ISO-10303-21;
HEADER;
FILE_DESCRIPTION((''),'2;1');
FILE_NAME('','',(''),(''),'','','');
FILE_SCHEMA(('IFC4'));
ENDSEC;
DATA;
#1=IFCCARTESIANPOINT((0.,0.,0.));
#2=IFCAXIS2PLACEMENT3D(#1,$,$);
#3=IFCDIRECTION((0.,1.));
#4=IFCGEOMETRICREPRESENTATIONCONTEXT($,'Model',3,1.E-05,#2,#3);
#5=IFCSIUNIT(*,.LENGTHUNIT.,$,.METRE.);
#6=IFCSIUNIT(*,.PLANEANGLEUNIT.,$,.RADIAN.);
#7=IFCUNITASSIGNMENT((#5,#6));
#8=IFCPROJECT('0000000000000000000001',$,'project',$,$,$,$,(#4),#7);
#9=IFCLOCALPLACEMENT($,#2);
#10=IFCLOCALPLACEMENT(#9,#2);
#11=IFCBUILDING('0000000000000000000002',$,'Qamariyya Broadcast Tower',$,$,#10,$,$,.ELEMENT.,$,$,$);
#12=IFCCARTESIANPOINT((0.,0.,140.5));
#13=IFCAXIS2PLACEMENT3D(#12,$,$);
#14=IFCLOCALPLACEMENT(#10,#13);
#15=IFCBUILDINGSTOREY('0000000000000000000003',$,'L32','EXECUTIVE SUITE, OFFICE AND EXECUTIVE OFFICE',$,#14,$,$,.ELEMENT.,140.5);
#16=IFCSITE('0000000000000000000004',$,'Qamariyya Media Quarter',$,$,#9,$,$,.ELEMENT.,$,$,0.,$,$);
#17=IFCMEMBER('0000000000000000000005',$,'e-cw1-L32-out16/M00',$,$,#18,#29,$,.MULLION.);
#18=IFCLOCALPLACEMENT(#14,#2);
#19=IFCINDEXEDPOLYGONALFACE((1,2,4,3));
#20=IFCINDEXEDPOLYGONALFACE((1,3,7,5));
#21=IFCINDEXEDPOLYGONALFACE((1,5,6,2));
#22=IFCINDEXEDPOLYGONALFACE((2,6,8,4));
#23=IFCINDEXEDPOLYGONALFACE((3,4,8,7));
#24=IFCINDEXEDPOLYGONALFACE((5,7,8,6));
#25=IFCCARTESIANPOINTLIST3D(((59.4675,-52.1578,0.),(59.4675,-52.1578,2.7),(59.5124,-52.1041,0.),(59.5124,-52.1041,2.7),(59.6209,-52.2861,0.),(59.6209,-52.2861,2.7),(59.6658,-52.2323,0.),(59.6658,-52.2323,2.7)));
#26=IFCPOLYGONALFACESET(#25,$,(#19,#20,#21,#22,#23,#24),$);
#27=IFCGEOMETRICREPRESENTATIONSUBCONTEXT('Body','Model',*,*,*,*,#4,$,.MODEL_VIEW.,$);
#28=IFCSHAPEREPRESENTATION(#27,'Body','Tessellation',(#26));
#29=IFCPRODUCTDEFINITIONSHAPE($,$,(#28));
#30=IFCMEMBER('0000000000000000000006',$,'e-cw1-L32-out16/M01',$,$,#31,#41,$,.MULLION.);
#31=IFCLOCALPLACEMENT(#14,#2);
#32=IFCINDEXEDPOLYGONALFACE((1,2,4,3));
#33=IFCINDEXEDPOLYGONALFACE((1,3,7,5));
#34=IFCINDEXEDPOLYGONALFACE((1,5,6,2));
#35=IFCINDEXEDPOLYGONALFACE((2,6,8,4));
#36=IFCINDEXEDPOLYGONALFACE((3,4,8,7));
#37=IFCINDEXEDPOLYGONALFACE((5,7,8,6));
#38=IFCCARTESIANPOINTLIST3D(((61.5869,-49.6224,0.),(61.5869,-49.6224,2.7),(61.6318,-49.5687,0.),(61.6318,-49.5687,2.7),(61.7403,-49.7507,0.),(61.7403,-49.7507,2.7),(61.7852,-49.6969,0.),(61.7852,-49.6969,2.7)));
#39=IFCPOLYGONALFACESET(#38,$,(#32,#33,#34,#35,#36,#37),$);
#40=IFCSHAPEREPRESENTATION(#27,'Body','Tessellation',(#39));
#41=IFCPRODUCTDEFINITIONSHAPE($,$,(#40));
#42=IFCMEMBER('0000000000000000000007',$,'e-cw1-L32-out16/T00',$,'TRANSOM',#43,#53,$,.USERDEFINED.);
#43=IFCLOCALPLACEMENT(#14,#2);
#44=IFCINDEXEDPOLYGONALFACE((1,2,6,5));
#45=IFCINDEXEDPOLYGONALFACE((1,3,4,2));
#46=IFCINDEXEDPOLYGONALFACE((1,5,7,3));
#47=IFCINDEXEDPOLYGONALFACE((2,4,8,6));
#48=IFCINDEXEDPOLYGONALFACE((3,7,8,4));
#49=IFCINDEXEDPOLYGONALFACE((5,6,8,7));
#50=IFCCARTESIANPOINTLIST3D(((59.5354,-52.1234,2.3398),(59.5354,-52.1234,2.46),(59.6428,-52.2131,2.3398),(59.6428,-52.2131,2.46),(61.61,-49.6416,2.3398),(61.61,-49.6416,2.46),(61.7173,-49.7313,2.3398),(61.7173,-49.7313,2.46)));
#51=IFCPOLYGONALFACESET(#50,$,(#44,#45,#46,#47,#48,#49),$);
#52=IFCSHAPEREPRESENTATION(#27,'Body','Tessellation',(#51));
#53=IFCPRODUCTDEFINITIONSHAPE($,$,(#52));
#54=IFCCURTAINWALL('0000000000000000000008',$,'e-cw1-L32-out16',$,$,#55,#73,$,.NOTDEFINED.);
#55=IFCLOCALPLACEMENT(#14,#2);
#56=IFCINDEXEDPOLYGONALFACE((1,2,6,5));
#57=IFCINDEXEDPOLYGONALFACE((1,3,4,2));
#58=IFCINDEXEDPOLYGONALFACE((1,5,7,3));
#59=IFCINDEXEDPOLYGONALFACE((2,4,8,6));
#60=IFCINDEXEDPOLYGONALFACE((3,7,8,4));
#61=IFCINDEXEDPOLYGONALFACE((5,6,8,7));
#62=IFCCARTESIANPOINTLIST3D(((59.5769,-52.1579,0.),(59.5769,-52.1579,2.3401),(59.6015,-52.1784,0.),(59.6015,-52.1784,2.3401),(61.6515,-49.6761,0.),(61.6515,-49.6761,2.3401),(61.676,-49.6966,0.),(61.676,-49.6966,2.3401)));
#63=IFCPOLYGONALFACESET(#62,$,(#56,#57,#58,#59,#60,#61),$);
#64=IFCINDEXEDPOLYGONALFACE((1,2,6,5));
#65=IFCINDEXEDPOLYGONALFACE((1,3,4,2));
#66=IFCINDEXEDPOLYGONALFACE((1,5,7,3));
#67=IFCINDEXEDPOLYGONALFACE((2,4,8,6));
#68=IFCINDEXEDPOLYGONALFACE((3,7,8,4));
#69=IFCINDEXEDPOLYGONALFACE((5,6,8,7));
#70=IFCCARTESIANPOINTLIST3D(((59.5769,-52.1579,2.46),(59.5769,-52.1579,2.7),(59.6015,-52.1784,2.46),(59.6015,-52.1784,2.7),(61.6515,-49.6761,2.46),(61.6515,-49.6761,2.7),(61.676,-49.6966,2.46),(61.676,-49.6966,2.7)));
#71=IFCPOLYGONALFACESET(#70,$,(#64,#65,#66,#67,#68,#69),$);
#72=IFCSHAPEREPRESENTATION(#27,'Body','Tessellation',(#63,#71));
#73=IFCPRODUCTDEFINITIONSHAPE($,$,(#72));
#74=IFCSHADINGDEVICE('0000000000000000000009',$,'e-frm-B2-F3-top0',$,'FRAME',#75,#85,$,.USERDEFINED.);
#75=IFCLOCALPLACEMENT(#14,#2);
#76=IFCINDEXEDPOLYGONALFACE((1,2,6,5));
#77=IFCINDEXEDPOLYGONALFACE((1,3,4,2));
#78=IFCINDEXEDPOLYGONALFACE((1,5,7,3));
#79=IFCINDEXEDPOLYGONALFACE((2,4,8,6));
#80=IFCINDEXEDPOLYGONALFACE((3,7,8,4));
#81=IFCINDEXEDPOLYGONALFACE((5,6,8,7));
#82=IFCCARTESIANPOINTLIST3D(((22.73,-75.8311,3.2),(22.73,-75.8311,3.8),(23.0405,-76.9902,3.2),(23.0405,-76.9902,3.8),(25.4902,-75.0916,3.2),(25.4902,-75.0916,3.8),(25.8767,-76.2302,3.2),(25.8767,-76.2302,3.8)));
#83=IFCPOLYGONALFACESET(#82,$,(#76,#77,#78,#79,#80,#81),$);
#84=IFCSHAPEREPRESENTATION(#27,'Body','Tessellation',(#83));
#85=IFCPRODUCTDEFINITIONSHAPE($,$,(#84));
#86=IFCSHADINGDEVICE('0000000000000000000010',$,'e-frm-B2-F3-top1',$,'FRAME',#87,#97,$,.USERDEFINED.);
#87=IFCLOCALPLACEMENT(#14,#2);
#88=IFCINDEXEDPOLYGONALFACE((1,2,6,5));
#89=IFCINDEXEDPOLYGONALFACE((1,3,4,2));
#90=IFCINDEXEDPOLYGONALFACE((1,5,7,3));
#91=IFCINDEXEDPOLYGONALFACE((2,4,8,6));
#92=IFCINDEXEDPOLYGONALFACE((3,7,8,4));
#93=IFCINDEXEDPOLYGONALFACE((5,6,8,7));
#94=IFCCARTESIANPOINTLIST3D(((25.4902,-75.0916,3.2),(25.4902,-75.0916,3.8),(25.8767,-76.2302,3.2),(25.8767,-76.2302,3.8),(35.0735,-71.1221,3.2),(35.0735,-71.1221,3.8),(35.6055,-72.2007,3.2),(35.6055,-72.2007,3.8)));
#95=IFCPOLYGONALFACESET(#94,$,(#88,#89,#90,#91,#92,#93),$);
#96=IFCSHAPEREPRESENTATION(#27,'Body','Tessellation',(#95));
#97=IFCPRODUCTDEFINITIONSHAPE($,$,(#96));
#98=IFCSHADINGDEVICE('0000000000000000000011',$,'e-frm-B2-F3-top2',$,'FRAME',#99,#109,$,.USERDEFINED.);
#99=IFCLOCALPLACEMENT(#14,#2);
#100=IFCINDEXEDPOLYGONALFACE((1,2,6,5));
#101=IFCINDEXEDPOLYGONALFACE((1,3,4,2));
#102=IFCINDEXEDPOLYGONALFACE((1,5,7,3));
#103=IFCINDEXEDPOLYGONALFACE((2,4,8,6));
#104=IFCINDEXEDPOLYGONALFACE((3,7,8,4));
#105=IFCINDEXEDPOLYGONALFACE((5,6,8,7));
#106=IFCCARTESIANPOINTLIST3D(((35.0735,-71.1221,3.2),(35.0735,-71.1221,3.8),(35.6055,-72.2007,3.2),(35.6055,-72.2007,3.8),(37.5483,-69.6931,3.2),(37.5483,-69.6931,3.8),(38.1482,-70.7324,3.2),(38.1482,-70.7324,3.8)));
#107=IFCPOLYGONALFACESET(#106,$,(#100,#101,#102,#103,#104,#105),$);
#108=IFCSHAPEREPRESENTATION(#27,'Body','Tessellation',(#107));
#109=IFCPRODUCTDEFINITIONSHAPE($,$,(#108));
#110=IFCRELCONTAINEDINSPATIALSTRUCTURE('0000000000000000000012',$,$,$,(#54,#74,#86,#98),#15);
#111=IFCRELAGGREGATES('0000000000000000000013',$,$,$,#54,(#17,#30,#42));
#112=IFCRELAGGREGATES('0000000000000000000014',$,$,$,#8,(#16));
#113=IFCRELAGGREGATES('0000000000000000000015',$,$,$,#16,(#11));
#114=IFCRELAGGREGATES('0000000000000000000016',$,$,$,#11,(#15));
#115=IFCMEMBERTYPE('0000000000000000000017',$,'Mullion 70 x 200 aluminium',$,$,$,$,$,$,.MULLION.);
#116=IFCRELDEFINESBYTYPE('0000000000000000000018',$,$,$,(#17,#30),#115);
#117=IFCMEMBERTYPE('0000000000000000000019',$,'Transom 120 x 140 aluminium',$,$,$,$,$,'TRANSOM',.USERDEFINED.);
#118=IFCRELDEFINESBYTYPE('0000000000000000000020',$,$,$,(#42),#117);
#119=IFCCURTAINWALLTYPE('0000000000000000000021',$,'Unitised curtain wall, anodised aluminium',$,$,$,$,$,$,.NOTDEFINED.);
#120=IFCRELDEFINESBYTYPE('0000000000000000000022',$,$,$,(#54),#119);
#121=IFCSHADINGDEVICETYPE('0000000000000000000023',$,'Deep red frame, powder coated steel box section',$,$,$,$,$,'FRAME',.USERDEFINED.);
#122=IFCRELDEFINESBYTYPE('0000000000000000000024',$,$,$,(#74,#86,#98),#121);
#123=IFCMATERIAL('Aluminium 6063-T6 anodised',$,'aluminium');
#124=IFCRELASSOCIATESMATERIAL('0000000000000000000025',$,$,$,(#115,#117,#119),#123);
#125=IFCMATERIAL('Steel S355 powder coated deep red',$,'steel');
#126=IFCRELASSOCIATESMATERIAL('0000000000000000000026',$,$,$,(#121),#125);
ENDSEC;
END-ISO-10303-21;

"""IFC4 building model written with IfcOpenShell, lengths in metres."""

from ifc_helpers import new_model, si_unit, direction, frame, origin, origin_2d, place, context, subcontext, project, spatial, polyline, rectangle, outline, extrude, material, material_profile, profile_set, type_object, element, aggregate, save


model = new_model("IFC4")

# Units and contexts
model_context = context("Model", 3, precision=1e-05, world=origin(), true_north=direction((0.0, 1.0)))
body_context = subcontext(model_context, "Body", "Model", "MODEL_VIEW")
ifc_project = project(units=[si_unit("LENGTHUNIT", "METRE"), si_unit("PLANEANGLEUNIT", "RADIAN")], contexts=[model_context])

# Members
ifc_material_1 = material(Name="Aluminium 6063-T6 anodised", Category="aluminium")
ifc_material_profile_1 = material_profile(ifc_material_1, rectangle(XDim=0.2, YDim=0.0701, at=origin_2d()))
ifc_profile_set_1 = profile_set([ifc_material_profile_1], Name="Aluminium 6063-T6 anodised")
member_type_1 = type_object("IfcMemberType", Name="Mullion 70 x 200 aluminium", PredefinedType="MULLION", material=ifc_profile_set_1)
site_placement = place(None, origin())
building_placement = place(site_placement, origin())
storey_placement = place(building_placement, frame((0.0, 0.0, 140.5)))
member_1_placement = place(storey_placement, frame((59.5667, -52.1951, 0.0), z_axis=(0.0, 0.0, 1.0), x_axis=(-0.767258, 0.641338, 0.0)))
member_1 = element("IfcMember", 1, at=member_1_placement, type_object=member_type_1, Name="e-cw1-L32-out16/M00", PredefinedType="MULLION", context=body_context, shape_type="SweptSolid", body=[
    extrude(rectangle(XDim=0.2, YDim=0.0701, at=origin_2d()), origin(), (0.0, 0.0, 1.0), 2.7),
])
member_2_placement = place(storey_placement, frame((61.686, -49.6597, 0.0), z_axis=(0.0, 0.0, 1.0), x_axis=(-0.767258, 0.641338, 0.0)))
member_2 = element("IfcMember", 2, at=member_2_placement, type_object=member_type_1, Name="e-cw1-L32-out16/M01", PredefinedType="MULLION", context=body_context, shape_type="SweptSolid", body=[
    extrude(rectangle(XDim=0.2, YDim=0.0701, at=origin_2d()), origin(), (0.0, 0.0, 1.0), 2.7),
])
ifc_material_profile_2 = material_profile(ifc_material_1, rectangle(XDim=0.1399, YDim=0.1201, at=origin_2d()))
ifc_profile_set_2 = profile_set([ifc_material_profile_2], Name="Aluminium 6063-T6 anodised")
member_type_2 = type_object("IfcMemberType", Name="Transom 120 x 140 aluminium", ElementType="TRANSOM", PredefinedType="USERDEFINED", material=ifc_profile_set_2)
member_3_placement = place(storey_placement, frame((59.5891, -52.1682, 2.3999), z_axis=(0.641349, 0.767249, 0.0), x_axis=(-0.767249, 0.641349, 0.0)))
member_3 = element("IfcMember", 3, at=member_3_placement, type_object=member_type_2, Name="e-cw1-L32-out16/T00", ObjectType="TRANSOM", PredefinedType="USERDEFINED", context=body_context, shape_type="SweptSolid", body=[
    extrude(rectangle(XDim=0.1399, YDim=0.1201, at=origin_2d()), origin(), (0.0, 0.0, 1.0), 3.2346),
])

# Site, building, storey
site = spatial("IfcSite", under=ifc_project, at=site_placement, Name="Qamariyya Media Quarter", CompositionType="ELEMENT", RefElevation=0.0)
building = spatial("IfcBuilding", under=site, at=building_placement, Name="Qamariyya Broadcast Tower", CompositionType="ELEMENT")
storey = spatial("IfcBuildingStorey", under=building, at=storey_placement, Name="L32", Description="EXECUTIVE SUITE, OFFICE AND EXECUTIVE OFFICE", CompositionType="ELEMENT", Elevation=140.5)

# Curtain wall
curtain_wall_type = type_object("IfcCurtainWallType", Name="Unitised curtain wall, anodised aluminium", PredefinedType="NOTDEFINED", material=ifc_material_1)
curtain_wall_1_placement = place(storey_placement, origin())
curtain_wall_1 = element("IfcCurtainWall", 4, at=curtain_wall_1_placement, inside=storey, type_object=curtain_wall_type, Name="e-cw1-L32-out16", PredefinedType="NOTDEFINED", context=body_context, shape_type="SweptSolid", body=[
    extrude(rectangle(XDim=3.2346, YDim=0.032, at=origin_2d()), frame((60.6265, -50.9272, 0.0), x_axis=(0.641358, 0.767242, 0.0)), (0.0, 0.0, 1.0), 2.3401),
    extrude(rectangle(XDim=3.2346, YDim=0.032, at=origin_2d()), frame((60.6265, -50.9272, 2.46), x_axis=(0.641358, 0.767242, 0.0)), (0.0, 0.0, 1.0), 0.24),
])
aggregate(curtain_wall_1, [member_1, member_2, member_3])

# Shading devices
ifc_material_2 = material(Name="Steel S355 powder coated deep red", Category="steel")
shading_device_type = type_object("IfcShadingDeviceType", Name="Deep red frame, powder coated steel box section", ElementType="FRAME", PredefinedType="USERDEFINED", material=ifc_material_2)
shading_device_1_placement = place(storey_placement, frame((0.0, 0.0, 3.2)))
element("IfcShadingDevice", 5, at=shading_device_1_placement, inside=storey, type_object=shading_device_type, Name="e-frm-B2-F3-top0", ObjectType="FRAME", PredefinedType="USERDEFINED", context=body_context, shape_type="SweptSolid", body=[
    extrude(outline(polyline([(22.73, -75.8311), (23.0405, -76.9902), (25.8767, -76.2302), (25.4902, -75.0916), (22.73, -75.8311)])), origin(), (0.0, 0.0, 1.0), 0.6001),
])
shading_device_2_placement = place(storey_placement, frame((0.0, 0.0, 3.2)))
element("IfcShadingDevice", 6, at=shading_device_2_placement, inside=storey, type_object=shading_device_type, Name="e-frm-B2-F3-top1", ObjectType="FRAME", PredefinedType="USERDEFINED", context=body_context, shape_type="SweptSolid", body=[
    extrude(outline(polyline([(25.4902, -75.0916), (25.8767, -76.2302), (35.6055, -72.2007), (35.0735, -71.1221), (25.4902, -75.0916)])), origin(), (0.0, 0.0, 1.0), 0.6001),
])
shading_device_3_placement = place(storey_placement, frame((0.0, 0.0, 3.2)))
element("IfcShadingDevice", 7, at=shading_device_3_placement, inside=storey, type_object=shading_device_type, Name="e-frm-B2-F3-top2", ObjectType="FRAME", PredefinedType="USERDEFINED", context=body_context, shape_type="SweptSolid", body=[
    extrude(outline(polyline([(35.0735, -71.1221), (35.6055, -72.2007), (38.1482, -70.7324), (37.5483, -69.6931), (35.0735, -71.1221)])), origin(), (0.0, 0.0, 1.0), 0.6001),
])

save(model, "model.ifc")
